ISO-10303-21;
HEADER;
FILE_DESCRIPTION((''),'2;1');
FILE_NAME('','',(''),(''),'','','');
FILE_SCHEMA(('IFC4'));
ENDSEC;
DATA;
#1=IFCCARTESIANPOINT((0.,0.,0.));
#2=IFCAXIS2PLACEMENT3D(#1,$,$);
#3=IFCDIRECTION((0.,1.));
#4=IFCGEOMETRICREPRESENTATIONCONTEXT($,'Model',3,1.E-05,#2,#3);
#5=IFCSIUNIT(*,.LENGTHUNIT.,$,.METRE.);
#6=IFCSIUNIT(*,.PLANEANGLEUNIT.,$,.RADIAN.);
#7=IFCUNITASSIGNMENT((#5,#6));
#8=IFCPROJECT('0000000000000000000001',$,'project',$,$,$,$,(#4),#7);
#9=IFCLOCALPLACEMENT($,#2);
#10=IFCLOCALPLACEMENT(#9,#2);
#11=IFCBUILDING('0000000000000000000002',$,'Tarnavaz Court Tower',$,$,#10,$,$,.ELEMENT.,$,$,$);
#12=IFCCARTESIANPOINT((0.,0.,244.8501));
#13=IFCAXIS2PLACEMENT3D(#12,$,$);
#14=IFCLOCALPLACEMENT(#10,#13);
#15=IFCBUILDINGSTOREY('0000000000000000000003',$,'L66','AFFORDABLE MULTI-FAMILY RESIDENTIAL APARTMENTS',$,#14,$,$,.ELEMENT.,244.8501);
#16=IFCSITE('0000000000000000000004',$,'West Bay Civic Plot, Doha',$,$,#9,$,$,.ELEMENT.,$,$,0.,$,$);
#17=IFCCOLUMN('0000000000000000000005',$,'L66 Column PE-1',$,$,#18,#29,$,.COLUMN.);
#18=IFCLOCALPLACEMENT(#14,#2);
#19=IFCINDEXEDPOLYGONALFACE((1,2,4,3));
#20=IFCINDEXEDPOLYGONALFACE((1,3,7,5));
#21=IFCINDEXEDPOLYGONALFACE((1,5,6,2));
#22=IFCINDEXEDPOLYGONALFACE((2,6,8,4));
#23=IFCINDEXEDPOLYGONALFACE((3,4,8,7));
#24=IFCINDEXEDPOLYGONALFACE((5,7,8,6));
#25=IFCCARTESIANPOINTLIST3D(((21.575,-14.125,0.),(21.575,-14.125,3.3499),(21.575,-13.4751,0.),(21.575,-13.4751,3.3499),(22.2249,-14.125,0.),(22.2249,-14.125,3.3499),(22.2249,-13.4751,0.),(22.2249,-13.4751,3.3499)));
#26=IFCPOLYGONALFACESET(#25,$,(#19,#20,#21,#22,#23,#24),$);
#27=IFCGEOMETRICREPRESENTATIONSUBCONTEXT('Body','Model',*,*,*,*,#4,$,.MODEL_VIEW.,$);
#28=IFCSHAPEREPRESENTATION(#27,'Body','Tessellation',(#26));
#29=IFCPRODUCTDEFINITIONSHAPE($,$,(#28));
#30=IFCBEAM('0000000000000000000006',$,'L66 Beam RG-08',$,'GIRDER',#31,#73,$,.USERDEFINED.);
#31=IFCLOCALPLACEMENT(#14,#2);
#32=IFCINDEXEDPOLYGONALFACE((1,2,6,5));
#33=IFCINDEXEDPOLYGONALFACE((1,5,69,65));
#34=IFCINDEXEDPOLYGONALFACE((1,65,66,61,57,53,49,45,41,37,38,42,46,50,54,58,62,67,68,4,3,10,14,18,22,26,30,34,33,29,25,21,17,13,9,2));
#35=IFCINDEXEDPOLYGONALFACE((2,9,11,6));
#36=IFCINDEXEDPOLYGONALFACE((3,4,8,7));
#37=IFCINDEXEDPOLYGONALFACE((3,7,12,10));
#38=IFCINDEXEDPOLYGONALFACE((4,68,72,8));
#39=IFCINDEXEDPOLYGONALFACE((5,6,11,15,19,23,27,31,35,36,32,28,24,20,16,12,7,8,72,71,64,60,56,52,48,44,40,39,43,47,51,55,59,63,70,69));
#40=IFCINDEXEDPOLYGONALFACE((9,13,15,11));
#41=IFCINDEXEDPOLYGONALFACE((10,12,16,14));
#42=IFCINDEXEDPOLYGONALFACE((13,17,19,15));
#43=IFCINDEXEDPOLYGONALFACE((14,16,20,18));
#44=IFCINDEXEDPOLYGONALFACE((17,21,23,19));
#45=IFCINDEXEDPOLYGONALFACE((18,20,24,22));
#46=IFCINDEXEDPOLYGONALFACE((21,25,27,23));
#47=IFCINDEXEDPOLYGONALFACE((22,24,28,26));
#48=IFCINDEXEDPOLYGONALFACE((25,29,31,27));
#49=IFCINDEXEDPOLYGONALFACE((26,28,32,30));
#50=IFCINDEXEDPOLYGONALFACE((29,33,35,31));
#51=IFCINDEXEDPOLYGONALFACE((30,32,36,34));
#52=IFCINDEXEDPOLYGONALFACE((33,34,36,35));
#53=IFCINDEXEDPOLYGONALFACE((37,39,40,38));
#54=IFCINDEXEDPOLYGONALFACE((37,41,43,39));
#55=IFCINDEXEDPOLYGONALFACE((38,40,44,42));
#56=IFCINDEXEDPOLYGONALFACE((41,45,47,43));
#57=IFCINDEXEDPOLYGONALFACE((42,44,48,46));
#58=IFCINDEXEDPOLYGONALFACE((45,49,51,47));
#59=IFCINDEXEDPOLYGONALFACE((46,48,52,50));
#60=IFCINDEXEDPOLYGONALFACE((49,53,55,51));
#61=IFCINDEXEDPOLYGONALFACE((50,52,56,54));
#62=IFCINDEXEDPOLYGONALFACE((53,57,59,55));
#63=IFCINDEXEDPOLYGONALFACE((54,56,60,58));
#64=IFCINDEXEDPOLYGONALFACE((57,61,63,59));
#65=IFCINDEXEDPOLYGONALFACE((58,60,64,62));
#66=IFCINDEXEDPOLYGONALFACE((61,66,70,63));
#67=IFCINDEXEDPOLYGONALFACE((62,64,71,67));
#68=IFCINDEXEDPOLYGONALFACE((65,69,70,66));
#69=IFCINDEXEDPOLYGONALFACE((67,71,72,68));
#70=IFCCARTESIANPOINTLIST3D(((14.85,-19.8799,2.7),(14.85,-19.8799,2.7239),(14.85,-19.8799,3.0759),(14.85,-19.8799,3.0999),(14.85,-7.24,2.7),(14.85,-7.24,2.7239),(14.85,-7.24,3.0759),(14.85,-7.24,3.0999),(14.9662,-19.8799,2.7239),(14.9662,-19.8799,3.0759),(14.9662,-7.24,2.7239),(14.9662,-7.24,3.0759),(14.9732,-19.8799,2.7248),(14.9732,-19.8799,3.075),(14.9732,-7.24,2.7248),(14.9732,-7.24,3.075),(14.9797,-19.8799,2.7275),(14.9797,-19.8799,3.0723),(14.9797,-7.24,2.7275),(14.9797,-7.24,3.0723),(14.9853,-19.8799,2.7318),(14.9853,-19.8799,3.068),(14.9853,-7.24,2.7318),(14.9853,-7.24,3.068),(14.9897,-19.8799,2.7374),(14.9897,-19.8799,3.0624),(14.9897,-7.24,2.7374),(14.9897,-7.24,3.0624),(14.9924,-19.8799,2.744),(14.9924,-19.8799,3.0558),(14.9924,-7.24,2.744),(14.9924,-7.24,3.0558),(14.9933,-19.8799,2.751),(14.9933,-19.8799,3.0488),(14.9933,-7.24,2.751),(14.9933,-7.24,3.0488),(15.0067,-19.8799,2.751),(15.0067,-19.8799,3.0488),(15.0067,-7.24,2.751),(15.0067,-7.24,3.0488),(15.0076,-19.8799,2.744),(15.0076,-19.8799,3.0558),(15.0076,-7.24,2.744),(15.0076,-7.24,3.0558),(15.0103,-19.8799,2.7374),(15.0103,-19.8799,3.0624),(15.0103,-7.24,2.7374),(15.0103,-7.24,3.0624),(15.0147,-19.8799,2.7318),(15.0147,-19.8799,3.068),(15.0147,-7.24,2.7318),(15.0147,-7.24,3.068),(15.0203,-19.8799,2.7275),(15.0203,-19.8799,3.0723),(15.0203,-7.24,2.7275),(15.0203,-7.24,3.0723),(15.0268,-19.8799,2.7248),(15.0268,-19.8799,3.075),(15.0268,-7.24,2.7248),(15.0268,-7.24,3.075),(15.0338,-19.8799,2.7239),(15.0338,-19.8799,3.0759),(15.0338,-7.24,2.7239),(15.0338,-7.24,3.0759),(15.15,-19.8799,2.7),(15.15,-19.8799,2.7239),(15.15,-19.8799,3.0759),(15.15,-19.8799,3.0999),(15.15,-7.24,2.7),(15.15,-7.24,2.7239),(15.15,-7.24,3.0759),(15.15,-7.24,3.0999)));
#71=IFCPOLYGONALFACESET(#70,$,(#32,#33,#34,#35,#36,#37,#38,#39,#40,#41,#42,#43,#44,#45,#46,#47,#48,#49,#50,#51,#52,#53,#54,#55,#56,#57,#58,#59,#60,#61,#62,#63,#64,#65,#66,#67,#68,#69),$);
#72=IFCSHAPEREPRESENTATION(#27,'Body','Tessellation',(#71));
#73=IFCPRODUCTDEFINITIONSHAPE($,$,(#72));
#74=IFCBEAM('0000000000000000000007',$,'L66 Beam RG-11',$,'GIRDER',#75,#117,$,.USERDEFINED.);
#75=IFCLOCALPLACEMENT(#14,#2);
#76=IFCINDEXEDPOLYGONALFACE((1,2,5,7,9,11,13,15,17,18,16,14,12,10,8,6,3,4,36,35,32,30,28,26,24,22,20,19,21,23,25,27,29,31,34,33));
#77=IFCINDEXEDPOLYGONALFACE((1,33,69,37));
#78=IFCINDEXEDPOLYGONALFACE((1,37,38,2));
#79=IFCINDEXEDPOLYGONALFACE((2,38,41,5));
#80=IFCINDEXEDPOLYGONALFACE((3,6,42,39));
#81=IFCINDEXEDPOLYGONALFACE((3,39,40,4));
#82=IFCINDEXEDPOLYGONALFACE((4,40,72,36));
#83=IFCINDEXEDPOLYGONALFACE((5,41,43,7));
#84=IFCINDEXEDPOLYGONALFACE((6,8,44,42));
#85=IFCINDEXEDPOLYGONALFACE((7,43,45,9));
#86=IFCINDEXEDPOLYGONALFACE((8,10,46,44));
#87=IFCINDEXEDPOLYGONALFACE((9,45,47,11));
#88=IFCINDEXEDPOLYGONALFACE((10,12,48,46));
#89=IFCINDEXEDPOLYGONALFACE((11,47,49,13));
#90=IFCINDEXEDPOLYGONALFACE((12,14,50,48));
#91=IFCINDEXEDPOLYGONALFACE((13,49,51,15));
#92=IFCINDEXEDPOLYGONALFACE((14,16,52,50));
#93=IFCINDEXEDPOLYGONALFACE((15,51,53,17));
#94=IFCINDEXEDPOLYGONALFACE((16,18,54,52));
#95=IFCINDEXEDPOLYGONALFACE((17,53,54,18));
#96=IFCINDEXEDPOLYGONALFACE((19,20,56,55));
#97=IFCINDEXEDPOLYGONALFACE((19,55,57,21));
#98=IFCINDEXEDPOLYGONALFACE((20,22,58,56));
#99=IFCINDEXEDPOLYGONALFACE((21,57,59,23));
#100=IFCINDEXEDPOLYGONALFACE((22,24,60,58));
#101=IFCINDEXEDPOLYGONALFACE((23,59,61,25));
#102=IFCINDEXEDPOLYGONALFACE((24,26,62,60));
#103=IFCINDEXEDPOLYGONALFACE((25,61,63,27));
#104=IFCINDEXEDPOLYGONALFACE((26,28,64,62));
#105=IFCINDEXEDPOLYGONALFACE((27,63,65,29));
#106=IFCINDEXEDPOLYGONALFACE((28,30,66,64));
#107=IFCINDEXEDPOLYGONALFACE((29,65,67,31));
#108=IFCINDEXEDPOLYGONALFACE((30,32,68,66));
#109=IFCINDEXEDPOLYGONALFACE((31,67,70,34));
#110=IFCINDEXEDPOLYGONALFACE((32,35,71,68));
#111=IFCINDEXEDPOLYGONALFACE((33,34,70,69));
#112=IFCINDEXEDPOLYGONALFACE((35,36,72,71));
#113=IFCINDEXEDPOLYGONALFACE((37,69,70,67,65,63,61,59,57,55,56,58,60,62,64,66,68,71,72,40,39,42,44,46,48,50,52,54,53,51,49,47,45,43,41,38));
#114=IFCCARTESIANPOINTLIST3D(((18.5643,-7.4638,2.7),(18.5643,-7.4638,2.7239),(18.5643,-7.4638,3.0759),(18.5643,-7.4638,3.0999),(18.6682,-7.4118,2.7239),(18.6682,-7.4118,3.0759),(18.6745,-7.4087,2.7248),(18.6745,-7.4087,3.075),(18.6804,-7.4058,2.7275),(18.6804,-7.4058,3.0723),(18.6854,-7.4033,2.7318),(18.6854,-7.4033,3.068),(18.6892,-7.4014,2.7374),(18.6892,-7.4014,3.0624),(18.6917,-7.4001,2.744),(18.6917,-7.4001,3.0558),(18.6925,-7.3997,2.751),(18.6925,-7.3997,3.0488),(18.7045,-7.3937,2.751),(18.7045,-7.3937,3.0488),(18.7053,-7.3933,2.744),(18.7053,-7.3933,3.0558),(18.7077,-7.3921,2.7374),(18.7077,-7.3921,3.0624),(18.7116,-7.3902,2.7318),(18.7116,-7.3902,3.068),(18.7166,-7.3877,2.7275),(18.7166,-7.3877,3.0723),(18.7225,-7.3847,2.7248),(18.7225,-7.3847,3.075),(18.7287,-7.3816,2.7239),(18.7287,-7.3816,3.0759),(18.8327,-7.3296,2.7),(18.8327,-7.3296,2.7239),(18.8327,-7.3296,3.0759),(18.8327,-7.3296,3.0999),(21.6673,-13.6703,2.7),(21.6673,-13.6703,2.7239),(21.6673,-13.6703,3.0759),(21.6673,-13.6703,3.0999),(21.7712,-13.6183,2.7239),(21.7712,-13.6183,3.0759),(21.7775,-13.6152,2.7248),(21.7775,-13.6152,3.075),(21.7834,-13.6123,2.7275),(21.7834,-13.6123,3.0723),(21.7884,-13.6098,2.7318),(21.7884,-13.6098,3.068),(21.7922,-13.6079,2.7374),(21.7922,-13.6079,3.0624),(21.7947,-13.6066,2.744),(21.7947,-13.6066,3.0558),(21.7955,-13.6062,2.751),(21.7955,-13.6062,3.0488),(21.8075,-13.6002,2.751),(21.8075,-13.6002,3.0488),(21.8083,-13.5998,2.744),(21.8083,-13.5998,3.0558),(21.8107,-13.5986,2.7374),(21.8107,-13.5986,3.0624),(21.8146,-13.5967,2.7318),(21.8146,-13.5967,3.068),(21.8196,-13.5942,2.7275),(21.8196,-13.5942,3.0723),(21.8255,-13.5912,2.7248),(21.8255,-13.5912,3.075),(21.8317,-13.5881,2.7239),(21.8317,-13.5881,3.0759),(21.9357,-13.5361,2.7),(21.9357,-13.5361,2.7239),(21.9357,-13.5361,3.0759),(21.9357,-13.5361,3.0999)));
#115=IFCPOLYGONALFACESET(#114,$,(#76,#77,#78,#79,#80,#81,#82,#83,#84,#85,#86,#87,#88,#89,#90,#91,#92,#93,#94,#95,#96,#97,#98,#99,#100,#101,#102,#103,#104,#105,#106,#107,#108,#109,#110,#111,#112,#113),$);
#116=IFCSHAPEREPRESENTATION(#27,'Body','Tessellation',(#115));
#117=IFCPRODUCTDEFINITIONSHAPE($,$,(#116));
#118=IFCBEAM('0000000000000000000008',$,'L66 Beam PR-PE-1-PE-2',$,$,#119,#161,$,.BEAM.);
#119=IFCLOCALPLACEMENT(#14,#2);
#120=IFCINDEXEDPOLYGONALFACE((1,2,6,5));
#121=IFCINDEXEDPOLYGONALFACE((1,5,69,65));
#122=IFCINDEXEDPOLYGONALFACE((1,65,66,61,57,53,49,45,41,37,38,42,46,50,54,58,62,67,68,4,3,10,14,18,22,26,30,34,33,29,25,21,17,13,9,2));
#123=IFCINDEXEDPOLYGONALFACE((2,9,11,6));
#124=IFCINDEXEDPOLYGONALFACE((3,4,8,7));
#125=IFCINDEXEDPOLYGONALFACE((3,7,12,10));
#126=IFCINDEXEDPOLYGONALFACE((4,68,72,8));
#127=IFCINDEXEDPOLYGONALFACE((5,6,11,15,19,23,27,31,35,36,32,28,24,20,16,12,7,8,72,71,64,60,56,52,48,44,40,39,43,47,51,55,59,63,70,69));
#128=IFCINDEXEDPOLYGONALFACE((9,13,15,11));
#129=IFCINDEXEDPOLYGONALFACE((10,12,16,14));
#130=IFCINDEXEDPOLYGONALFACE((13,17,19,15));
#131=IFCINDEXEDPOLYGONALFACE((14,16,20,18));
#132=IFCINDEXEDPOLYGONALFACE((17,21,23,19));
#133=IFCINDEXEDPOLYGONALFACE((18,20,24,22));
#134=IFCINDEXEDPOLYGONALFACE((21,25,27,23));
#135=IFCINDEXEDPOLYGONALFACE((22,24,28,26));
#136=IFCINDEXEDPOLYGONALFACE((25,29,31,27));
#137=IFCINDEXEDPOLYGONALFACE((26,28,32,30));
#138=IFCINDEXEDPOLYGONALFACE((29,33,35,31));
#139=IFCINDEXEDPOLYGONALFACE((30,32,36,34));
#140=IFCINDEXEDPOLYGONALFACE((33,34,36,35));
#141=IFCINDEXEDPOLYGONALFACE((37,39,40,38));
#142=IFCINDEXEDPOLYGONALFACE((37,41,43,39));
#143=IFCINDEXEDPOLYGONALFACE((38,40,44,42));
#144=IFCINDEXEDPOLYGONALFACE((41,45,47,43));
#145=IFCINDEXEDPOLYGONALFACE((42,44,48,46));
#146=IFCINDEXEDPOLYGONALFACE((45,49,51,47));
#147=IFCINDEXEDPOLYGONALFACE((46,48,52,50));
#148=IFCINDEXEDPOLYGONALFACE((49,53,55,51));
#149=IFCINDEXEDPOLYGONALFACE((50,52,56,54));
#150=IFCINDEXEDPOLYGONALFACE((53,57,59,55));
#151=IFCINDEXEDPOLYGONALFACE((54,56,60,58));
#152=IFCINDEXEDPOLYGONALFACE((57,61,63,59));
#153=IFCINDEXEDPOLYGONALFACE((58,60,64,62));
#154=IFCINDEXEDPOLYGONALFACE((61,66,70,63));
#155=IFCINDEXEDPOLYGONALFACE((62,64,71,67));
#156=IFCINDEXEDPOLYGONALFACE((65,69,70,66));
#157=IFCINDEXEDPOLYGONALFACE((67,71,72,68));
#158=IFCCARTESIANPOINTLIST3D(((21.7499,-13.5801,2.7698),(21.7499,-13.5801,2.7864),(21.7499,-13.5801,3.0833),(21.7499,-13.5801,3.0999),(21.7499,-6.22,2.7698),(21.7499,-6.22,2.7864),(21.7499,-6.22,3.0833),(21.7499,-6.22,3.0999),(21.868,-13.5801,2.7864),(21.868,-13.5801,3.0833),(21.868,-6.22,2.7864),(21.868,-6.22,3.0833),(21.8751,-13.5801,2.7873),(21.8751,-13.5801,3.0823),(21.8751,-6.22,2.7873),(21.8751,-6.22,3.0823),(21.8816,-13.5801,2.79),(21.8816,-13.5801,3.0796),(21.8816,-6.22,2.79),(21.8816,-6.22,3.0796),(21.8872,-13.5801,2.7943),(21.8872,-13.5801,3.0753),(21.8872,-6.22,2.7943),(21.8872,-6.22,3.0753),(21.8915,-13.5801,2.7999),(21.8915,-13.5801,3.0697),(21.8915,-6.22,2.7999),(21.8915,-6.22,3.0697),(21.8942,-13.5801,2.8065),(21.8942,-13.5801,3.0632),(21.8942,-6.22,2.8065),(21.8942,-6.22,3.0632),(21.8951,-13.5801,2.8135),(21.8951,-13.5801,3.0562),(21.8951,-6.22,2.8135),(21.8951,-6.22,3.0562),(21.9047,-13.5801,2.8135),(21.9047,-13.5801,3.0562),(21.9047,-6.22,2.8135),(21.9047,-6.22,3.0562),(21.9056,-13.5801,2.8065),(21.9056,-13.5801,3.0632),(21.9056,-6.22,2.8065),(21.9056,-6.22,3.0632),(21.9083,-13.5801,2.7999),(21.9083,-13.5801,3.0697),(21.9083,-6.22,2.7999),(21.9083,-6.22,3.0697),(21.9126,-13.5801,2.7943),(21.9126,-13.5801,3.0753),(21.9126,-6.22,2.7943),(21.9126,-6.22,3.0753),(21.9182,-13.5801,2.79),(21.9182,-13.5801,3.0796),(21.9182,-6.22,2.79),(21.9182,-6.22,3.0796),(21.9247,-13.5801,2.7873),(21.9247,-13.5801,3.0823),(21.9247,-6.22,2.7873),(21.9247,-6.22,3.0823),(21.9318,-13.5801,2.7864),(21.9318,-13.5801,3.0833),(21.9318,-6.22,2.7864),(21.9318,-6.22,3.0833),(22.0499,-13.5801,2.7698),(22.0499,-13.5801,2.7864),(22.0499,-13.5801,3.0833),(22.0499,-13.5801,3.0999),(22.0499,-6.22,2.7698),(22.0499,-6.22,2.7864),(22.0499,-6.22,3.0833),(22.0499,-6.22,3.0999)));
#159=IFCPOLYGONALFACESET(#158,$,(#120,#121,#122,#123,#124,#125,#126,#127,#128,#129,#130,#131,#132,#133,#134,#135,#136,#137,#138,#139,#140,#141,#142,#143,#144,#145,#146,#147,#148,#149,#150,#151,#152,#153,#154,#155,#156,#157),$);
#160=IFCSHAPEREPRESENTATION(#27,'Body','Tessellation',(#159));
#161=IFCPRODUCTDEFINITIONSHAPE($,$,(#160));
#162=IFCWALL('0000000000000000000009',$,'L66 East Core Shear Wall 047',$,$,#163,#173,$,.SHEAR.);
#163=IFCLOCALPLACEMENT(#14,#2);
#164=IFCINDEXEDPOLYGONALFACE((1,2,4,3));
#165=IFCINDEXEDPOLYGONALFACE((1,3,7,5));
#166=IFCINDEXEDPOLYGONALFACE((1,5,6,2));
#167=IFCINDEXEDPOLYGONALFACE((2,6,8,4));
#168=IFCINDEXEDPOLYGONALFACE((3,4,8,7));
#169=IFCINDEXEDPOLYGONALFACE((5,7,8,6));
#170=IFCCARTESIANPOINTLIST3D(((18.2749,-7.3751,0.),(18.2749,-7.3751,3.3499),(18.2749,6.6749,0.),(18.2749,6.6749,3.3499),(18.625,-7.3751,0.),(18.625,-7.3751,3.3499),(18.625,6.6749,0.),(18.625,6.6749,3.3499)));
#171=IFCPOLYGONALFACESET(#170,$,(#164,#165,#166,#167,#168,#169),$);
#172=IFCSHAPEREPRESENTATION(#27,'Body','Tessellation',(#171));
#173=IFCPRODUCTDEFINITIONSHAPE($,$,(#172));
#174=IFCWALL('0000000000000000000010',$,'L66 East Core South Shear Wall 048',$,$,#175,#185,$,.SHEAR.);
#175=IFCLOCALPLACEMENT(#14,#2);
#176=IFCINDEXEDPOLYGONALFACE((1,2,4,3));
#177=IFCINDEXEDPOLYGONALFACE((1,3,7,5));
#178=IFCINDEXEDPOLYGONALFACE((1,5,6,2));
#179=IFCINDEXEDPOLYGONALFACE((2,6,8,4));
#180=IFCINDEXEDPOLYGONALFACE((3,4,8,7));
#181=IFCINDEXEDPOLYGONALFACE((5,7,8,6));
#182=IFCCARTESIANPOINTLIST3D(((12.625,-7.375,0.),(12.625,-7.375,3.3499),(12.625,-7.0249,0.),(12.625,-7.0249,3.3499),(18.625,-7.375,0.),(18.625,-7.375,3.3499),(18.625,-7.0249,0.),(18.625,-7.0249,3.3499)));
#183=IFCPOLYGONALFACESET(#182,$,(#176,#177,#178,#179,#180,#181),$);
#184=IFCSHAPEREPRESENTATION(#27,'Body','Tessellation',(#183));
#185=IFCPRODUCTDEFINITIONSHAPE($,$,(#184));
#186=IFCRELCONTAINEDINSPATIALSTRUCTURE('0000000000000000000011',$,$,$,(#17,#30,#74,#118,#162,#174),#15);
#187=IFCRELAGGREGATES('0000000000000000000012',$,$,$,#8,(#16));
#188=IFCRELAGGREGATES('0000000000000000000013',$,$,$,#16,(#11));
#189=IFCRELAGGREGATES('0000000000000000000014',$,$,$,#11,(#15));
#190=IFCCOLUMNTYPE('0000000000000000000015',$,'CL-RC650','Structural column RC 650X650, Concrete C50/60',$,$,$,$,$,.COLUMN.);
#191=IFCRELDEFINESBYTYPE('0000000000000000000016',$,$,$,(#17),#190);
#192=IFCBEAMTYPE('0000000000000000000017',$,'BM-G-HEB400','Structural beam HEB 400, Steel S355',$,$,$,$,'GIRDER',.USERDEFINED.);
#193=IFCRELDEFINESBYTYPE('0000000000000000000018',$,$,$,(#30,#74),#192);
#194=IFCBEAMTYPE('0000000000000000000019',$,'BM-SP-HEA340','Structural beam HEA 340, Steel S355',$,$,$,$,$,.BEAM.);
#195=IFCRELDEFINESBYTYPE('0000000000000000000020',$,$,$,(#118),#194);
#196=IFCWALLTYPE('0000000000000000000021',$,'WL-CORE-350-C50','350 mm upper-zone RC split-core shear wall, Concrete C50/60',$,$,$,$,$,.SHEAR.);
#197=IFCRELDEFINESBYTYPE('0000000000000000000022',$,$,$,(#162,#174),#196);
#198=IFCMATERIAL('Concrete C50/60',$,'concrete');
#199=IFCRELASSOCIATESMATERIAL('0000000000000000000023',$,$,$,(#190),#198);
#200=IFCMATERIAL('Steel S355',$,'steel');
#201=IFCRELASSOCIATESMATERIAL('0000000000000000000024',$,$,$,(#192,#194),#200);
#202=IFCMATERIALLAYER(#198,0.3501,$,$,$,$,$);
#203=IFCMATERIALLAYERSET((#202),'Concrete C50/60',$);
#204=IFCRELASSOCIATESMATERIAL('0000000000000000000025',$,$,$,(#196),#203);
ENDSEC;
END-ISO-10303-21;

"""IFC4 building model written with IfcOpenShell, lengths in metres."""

from ifc_helpers import new_model, si_unit, direction, frame, frame_2d, origin, origin_2d, place, context, subcontext, project, spatial, rectangle, i_section, extrude, material, layer, layer_set, material_profile, profile_set, type_object, element, save


model = new_model("IFC4")

# Units and contexts
model_context = context("Model", 3, precision=1e-05, world=origin(), true_north=direction((0.0, 1.0)))
body_context = subcontext(model_context, "Body", "Model", "MODEL_VIEW")
ifc_project = project(units=[si_unit("LENGTHUNIT", "METRE"), si_unit("PLANEANGLEUNIT", "RADIAN")], contexts=[model_context])

# Site, building, storey
site_placement = place(None, origin())
site = spatial("IfcSite", under=ifc_project, at=site_placement, Name="West Bay Civic Plot, Doha", CompositionType="ELEMENT", RefElevation=0.0)
building_placement = place(site_placement, origin())
building = spatial("IfcBuilding", under=site, at=building_placement, Name="Tarnavaz Court Tower", CompositionType="ELEMENT")
storey_placement = place(building_placement, frame((0.0, 0.0, 244.8501)))
storey = spatial("IfcBuildingStorey", under=building, at=storey_placement, Name="L66", Description="AFFORDABLE MULTI-FAMILY RESIDENTIAL APARTMENTS", CompositionType="ELEMENT", Elevation=244.8501)

# Column
ifc_material_1 = material(Name="Concrete C50/60", Category="concrete")
ifc_material_profile_1 = material_profile(ifc_material_1, rectangle(XDim=0.6499, YDim=0.6499, at=origin_2d()), Name="RC 650X650")
ifc_profile_set_1 = profile_set([ifc_material_profile_1], Name="Concrete C50/60")
column_type = type_object("IfcColumnType", Name="CL-RC650", Description="Structural column RC 650X650, Concrete C50/60", PredefinedType="COLUMN", material=ifc_profile_set_1)
column_placement = place(storey_placement, frame((21.8999, -13.8, 0.0), z_axis=(0.0, 0.0, 1.0), x_axis=(1.0, 0.0, 0.0)))
element("IfcColumn", 1, at=column_placement, inside=storey, type_object=column_type, Name="L66 Column PE-1", PredefinedType="COLUMN", context=body_context, shape_type="SweptSolid", body=[
    extrude(rectangle(XDim=0.6499, YDim=0.6499, at=origin_2d()), origin(), (0.0, 0.0, 1.0), 3.3499),
])

# Beams
ifc_material_2 = material(Name="Steel S355", Category="steel")
ifc_material_profile_2 = material_profile(ifc_material_2, i_section(OverallWidth=0.3, OverallDepth=0.3999, WebThickness=0.0134, FlangeThickness=0.0239, FilletRadius=0.0271, at=origin_2d()), Name="HEB 400")
ifc_profile_set_2 = profile_set([ifc_material_profile_2], Name="Steel S355")
beam_type_1 = type_object("IfcBeamType", Name="BM-G-HEB400", Description="Structural beam HEB 400, Steel S355", ElementType="GIRDER", PredefinedType="USERDEFINED", material=ifc_profile_set_2)
beam_1_placement = place(storey_placement, frame((15.0, -7.24, 2.8999), z_axis=(0.0, -1.0, 0.0), x_axis=(1.0, 0.0, 0.0)))
element("IfcBeam", 2, at=beam_1_placement, inside=storey, type_object=beam_type_1, Name="L66 Beam RG-08", ObjectType="GIRDER", PredefinedType="USERDEFINED", context=body_context, shape_type="SweptSolid", body=[
    extrude(i_section(OverallWidth=0.3, OverallDepth=0.3999, WebThickness=0.0134, FlangeThickness=0.0239, FilletRadius=0.0271, at=origin_2d()), origin(), (0.0, 0.0, 1.0), 12.6399),
])
beam_2_placement = place(storey_placement, frame((18.6985, -7.3967, 2.8999), z_axis=(0.447185, -0.894441, 0.0), x_axis=(0.894441, 0.447185, 0.0)))
element("IfcBeam", 3, at=beam_2_placement, inside=storey, type_object=beam_type_1, Name="L66 Beam RG-11", ObjectType="GIRDER", PredefinedType="USERDEFINED", context=body_context, shape_type="SweptSolid", body=[
    extrude(i_section(OverallWidth=0.3, OverallDepth=0.3999, WebThickness=0.0134, FlangeThickness=0.0239, FilletRadius=0.0271, at=origin_2d()), origin(), (0.0, 0.0, 1.0), 6.939),
])
ifc_material_profile_3 = material_profile(ifc_material_2, i_section(OverallWidth=0.3, OverallDepth=0.3301, WebThickness=0.0095, FlangeThickness=0.0166, FilletRadius=0.0271, at=origin_2d()), Name="HEA 340")
ifc_profile_set_3 = profile_set([ifc_material_profile_3], Name="Steel S355")
beam_type_2 = type_object("IfcBeamType", Name="BM-SP-HEA340", Description="Structural beam HEA 340, Steel S355", PredefinedType="BEAM", material=ifc_profile_set_3)
beam_3_placement = place(storey_placement, frame((21.8999, -13.5801, 2.9348), z_axis=(0.0, 1.0, 0.0), x_axis=(-1.0, 0.0, 0.0)))
element("IfcBeam", 4, at=beam_3_placement, inside=storey, type_object=beam_type_2, Name="L66 Beam PR-PE-1-PE-2", PredefinedType="BEAM", context=body_context, shape_type="SweptSolid", body=[
    extrude(i_section(OverallWidth=0.3, OverallDepth=0.3301, WebThickness=0.0095, FlangeThickness=0.0166, FilletRadius=0.0271, at=origin_2d()), origin(), (0.0, 0.0, 1.0), 7.3601),
])

# Walls
ifc_layer_1 = layer(ifc_material_1, 0.3501)
ifc_layer_set_1 = layer_set([ifc_layer_1], Name="Concrete C50/60")
wall_type_1 = type_object("IfcWallType", Name="WL-CORE-350-C50", Description="350 mm upper-zone RC split-core shear wall, Concrete C50/60", PredefinedType="SHEAR", material=ifc_layer_set_1)
wall_1_placement = place(storey_placement, frame((18.45, -7.375, 0.0), z_axis=(0.0, 0.0, 1.0), x_axis=(0.0, 1.0, 0.0)))
element("IfcWall", 5, at=wall_1_placement, inside=storey, type_object=wall_type_1, Name="L66 East Core Shear Wall 047", PredefinedType="SHEAR", context=body_context, shape_type="SweptSolid", body=[
    extrude(rectangle(XDim=14.05, YDim=0.3501, at=frame_2d((7.0249, 0.0))), origin(), (0.0, 0.0, 1.0), 3.3499),
])
wall_2_placement = place(storey_placement, frame((12.625, -7.2, 0.0), z_axis=(0.0, 0.0, 1.0), x_axis=(1.0, 0.0, 0.0)))
element("IfcWall", 6, at=wall_2_placement, inside=storey, type_object=wall_type_1, Name="L66 East Core South Shear Wall 048", PredefinedType="SHEAR", context=body_context, shape_type="SweptSolid", body=[
    extrude(rectangle(XDim=6.0, YDim=0.3501, at=frame_2d((3.0, 0.0))), origin(), (0.0, 0.0, 1.0), 3.3499),
])

save(model, "model.ifc")
